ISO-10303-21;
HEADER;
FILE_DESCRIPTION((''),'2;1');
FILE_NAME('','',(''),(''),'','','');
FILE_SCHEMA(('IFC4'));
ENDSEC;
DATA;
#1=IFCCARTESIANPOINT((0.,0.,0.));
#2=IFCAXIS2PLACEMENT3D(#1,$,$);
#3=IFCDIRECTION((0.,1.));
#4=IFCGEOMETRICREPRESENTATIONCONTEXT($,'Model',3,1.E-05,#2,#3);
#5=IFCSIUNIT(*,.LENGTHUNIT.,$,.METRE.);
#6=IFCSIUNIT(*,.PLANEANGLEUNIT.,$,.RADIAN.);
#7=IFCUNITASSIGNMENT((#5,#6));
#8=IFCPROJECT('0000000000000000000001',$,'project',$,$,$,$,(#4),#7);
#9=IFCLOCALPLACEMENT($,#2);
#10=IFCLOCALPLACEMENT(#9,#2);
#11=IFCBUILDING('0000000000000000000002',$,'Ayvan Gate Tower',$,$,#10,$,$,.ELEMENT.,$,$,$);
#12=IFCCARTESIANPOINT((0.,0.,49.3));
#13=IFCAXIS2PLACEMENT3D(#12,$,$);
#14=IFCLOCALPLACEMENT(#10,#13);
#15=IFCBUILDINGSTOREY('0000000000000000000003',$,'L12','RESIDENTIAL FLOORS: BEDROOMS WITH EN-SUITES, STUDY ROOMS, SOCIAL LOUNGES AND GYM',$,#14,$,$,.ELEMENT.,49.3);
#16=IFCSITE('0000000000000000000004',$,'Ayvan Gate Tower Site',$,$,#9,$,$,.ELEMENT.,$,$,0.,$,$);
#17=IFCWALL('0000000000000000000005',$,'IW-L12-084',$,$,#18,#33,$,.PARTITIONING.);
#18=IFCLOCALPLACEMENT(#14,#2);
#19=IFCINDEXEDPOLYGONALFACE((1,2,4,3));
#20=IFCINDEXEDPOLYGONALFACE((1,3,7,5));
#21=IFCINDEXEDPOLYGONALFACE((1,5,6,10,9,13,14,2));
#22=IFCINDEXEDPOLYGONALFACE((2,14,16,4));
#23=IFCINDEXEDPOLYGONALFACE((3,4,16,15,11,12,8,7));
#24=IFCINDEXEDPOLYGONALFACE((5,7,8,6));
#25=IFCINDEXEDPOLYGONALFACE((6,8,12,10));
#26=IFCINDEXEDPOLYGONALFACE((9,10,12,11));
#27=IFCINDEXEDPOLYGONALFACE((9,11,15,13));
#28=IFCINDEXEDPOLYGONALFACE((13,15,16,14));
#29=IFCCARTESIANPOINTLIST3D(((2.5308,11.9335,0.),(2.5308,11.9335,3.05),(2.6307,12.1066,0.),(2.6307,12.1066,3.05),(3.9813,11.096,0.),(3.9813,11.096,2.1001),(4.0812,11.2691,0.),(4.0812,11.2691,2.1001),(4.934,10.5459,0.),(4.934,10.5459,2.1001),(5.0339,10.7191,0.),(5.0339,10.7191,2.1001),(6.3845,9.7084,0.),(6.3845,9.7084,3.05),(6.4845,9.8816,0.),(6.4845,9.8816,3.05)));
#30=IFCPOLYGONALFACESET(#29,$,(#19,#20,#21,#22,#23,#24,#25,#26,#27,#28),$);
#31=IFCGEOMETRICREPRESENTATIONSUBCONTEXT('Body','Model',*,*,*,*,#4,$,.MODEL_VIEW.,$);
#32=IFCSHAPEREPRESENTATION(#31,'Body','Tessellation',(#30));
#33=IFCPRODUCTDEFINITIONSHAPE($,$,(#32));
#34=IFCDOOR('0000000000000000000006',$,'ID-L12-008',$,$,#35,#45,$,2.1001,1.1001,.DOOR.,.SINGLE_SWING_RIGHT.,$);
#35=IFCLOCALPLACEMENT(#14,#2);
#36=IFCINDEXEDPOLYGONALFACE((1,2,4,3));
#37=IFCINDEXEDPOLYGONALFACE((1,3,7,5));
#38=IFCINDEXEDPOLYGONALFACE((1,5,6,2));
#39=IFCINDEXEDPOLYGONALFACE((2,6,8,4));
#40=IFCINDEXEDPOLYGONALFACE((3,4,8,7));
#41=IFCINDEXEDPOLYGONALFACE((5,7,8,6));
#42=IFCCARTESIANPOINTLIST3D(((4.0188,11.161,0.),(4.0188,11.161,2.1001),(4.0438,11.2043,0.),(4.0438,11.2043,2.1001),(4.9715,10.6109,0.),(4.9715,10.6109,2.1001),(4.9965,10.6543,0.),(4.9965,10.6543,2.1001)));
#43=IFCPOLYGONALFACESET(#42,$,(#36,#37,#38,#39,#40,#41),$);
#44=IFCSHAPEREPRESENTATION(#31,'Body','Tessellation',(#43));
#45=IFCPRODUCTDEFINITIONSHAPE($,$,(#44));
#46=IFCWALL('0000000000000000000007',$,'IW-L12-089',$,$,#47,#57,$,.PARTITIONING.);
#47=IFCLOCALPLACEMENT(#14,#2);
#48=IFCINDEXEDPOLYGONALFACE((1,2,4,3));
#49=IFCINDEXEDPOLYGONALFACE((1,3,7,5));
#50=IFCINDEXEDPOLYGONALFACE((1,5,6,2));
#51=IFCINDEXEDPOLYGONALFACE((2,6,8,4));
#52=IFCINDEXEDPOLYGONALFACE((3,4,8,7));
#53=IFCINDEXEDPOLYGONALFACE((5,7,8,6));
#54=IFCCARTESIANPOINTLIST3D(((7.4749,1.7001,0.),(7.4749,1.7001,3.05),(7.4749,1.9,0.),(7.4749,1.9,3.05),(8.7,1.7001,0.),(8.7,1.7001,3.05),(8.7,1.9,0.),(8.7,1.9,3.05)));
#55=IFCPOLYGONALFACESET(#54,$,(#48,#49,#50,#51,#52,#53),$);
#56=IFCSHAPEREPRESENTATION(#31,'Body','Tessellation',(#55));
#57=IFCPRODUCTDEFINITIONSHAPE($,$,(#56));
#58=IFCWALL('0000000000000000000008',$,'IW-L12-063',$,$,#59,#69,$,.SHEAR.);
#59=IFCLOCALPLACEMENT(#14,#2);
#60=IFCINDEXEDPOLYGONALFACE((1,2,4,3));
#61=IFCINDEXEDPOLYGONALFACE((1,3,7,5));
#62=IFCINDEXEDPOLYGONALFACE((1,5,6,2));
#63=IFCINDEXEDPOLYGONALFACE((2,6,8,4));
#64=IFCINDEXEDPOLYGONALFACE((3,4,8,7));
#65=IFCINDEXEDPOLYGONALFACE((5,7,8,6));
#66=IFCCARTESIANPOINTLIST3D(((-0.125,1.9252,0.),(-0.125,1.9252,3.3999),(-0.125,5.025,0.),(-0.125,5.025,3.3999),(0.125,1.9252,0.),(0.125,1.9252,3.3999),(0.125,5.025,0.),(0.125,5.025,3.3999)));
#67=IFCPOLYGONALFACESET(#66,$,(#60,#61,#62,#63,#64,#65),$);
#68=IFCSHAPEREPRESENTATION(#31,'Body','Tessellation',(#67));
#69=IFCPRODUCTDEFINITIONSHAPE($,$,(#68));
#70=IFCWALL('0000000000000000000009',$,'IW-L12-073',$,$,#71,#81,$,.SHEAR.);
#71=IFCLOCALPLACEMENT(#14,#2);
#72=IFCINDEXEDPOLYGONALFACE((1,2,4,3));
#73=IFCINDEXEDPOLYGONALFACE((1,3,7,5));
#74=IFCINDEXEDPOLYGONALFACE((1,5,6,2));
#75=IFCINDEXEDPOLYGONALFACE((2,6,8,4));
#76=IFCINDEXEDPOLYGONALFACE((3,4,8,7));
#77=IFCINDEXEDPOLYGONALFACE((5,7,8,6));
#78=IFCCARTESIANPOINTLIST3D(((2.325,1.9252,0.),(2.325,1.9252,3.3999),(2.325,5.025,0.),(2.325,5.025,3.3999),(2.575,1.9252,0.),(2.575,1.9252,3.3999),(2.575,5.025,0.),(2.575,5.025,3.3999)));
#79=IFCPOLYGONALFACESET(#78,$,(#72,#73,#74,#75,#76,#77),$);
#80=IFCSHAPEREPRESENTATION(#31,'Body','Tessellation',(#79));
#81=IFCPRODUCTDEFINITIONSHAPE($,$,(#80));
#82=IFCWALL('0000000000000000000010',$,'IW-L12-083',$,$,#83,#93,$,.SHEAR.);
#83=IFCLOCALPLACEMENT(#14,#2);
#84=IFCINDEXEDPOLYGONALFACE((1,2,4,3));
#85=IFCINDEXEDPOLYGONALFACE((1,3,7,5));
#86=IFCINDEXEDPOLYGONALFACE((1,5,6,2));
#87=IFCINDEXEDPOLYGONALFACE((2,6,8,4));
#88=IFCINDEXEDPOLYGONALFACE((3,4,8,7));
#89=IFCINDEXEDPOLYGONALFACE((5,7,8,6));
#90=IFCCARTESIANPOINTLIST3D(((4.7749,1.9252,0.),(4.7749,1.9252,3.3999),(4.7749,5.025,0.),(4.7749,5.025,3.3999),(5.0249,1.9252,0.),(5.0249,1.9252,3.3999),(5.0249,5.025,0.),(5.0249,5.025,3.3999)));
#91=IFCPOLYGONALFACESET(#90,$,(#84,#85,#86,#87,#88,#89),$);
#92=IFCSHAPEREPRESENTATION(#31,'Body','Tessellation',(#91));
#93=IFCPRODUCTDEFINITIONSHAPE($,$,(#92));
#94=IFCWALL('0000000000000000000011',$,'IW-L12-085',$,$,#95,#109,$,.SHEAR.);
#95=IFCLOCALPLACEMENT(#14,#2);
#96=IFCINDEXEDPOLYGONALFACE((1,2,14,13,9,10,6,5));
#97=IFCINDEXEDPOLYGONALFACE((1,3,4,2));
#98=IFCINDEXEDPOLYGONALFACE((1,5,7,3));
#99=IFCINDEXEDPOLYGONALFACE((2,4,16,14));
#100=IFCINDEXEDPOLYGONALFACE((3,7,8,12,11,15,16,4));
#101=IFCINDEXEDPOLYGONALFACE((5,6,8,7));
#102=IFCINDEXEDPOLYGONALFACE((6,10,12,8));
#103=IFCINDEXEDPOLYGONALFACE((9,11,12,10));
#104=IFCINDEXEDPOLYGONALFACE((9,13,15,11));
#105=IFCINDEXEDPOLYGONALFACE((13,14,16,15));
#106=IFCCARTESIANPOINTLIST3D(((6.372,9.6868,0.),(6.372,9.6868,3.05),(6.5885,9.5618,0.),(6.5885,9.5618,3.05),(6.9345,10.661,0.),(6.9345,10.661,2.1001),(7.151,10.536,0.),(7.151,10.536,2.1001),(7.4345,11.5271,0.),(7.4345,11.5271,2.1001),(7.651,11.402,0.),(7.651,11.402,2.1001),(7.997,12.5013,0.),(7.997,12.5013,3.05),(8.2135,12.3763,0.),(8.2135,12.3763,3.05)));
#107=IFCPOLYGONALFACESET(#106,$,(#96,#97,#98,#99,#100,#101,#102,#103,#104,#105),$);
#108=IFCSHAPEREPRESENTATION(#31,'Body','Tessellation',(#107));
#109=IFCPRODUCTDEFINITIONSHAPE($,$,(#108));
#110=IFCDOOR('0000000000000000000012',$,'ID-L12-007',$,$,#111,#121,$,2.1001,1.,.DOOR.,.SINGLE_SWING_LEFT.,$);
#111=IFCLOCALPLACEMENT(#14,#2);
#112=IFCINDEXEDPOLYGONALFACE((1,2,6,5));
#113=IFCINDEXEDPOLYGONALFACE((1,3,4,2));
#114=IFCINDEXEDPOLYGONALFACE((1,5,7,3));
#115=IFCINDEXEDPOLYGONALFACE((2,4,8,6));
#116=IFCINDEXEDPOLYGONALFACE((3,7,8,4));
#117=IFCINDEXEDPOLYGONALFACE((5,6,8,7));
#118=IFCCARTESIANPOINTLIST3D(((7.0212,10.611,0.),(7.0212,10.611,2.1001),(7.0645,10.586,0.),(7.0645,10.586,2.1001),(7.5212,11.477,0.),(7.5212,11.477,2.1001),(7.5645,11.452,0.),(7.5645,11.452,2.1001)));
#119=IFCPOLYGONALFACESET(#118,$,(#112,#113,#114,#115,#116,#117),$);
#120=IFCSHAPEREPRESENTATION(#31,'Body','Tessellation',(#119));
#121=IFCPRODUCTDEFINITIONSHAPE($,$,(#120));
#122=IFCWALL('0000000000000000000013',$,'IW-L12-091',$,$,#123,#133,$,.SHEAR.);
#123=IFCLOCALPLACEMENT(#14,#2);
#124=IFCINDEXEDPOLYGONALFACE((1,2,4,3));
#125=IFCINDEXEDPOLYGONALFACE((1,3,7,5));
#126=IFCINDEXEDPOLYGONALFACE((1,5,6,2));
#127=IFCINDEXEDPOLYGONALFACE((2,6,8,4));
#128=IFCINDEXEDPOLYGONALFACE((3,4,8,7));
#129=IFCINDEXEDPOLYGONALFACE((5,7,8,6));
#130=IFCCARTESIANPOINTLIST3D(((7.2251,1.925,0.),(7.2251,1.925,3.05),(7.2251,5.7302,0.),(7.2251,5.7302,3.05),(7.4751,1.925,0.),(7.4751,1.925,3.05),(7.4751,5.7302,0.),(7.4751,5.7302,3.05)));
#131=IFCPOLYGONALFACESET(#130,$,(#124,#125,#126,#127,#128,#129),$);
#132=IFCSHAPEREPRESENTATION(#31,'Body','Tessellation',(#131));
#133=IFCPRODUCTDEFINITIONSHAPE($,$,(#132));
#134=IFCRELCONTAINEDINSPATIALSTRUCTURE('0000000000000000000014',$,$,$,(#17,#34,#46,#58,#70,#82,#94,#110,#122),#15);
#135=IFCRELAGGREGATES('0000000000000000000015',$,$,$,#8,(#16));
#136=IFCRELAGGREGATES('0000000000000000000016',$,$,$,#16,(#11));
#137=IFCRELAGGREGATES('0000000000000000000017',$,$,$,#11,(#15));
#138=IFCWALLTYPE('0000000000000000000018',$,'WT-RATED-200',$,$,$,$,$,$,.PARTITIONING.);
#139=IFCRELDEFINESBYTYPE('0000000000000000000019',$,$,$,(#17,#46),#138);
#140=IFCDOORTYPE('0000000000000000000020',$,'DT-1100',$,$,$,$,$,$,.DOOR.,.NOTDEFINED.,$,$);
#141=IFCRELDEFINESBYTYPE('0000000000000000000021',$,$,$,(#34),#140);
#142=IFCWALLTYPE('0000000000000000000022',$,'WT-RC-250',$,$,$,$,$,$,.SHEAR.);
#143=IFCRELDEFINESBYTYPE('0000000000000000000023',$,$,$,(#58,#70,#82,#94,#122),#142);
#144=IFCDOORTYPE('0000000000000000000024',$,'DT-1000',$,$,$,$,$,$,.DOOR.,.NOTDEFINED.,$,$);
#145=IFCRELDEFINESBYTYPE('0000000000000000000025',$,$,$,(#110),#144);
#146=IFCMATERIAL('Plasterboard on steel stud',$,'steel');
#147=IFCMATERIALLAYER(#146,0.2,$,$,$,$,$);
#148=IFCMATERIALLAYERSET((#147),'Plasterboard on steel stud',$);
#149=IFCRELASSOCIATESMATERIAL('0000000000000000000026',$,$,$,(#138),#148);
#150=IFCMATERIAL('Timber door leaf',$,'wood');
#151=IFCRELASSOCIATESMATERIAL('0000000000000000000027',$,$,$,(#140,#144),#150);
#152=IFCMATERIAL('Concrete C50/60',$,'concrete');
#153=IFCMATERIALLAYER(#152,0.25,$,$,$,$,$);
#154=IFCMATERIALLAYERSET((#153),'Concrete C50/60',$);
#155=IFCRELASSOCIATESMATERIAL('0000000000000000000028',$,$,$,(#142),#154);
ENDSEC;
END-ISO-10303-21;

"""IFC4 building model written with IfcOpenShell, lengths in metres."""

from ifc_helpers import new_model, si_unit, direction, frame, frame_2d, origin, place, context, subcontext, project, spatial, rectangle, extrude, material, layer, layer_set, type_object, element, fill, save


model = new_model("IFC4")

# Units and contexts
model_context = context("Model", 3, precision=1e-05, world=origin(), true_north=direction((0.0, 1.0)))
body_context = subcontext(model_context, "Body", "Model", "MODEL_VIEW")
ifc_project = project(units=[si_unit("LENGTHUNIT", "METRE"), si_unit("PLANEANGLEUNIT", "RADIAN")], contexts=[model_context])

# Site, building, storey
site_placement = place(None, origin())
site = spatial("IfcSite", under=ifc_project, at=site_placement, Name="Ayvan Gate Tower Site", CompositionType="ELEMENT", RefElevation=0.0)
building_placement = place(site_placement, origin())
building = spatial("IfcBuilding", under=site, at=building_placement, Name="Ayvan Gate Tower", CompositionType="ELEMENT")
storey_placement = place(building_placement, frame((0.0, 0.0, 49.3)))
storey = spatial("IfcBuildingStorey", under=building, at=storey_placement, Name="L12", Description="RESIDENTIAL FLOORS: BEDROOMS WITH EN-SUITES, STUDY ROOMS, SOCIAL LOUNGES AND GYM", CompositionType="ELEMENT", Elevation=49.3)

# Shared definitions
ifc_material_1 = material(Name="Timber door leaf", Category="wood")

# Shared definitions
ifc_material_2 = material(Name="Plasterboard on steel stud", Category="steel")
ifc_layer_1 = layer(ifc_material_2, 0.2)
ifc_layer_set_1 = layer_set([ifc_layer_1], Name="Plasterboard on steel stud")
wall_type_1 = type_object("IfcWallType", Name="WT-RATED-200", PredefinedType="PARTITIONING", material=ifc_layer_set_1)

# Wall, opening, door
wall_1_placement = place(storey_placement, frame((6.4346, 9.7949, 0.0), z_axis=(0.0, 0.0, 1.0), x_axis=(-0.866013, 0.500022, 0.0)))
wall_1 = element("IfcWall", 1, at=wall_1_placement, inside=storey, type_object=wall_type_1, Name="IW-L12-084", PredefinedType="PARTITIONING", context=body_context, shape_type="SweptSolid", body=[
    extrude(rectangle(XDim=4.45, YDim=0.2, at=frame_2d((2.2251, 0.0))), origin(), (0.0, 0.0, 1.0), 3.05),
])
opening_1_placement = place(wall_1_placement, frame((1.675, 0.0, 0.0)))
opening_1 = element("IfcOpeningElement", 2, at=opening_1_placement, cuts=wall_1, PredefinedType="OPENING", context=body_context, shape_type="SweptSolid", body=[
    extrude(rectangle(XDim=1.1001, YDim=2.1001, at=frame_2d((0.55, 1.05))), frame((0.0, 0.1099, 0.0), z_axis=(0.0, -1.0, 0.0), x_axis=(1.0, 0.0, 0.0)), (0.0, 0.0, 1.0), 0.22),
])
door_type_1 = type_object("IfcDoorType", Name="DT-1100", OperationType="NOTDEFINED", PredefinedType="DOOR", material=ifc_material_1)
door_1_placement = place(opening_1_placement, origin())
door_1 = element("IfcDoor", 3, at=door_1_placement, inside=storey, type_object=door_type_1, Name="ID-L12-008", OperationType="SINGLE_SWING_RIGHT", OverallHeight=2.1001, OverallWidth=1.1001, PredefinedType="DOOR", context=body_context, shape_type="SweptSolid", body=[
    extrude(rectangle(XDim=1.1001, YDim=2.1001, at=frame_2d((0.55, 1.05))), frame((0.0, 0.0249, 0.0), z_axis=(0.0, -1.0, 0.0), x_axis=(1.0, 0.0, 0.0)), (0.0, 0.0, 1.0), 0.05),
])
fill(opening_1, door_1)

# Walls
wall_2_placement = place(storey_placement, frame((7.4749, 1.8, 0.0), z_axis=(0.0, 0.0, 1.0), x_axis=(1.0, 0.0, 0.0)))
element("IfcWall", 4, at=wall_2_placement, inside=storey, type_object=wall_type_1, Name="IW-L12-089", PredefinedType="PARTITIONING", context=body_context, shape_type="SweptSolid", body=[
    extrude(rectangle(XDim=1.2251, YDim=0.2, at=frame_2d((0.6125, 0.0))), origin(), (0.0, 0.0, 1.0), 3.05),
])
ifc_material_3 = material(Name="Concrete C50/60", Category="concrete")
ifc_layer_2 = layer(ifc_material_3, 0.25)
ifc_layer_set_2 = layer_set([ifc_layer_2], Name="Concrete C50/60")
wall_type_2 = type_object("IfcWallType", Name="WT-RC-250", PredefinedType="SHEAR", material=ifc_layer_set_2)
for number, where, z_axis, x_axis, name in (
    (5, (0.0, 5.0249, 0.0), (0.0, 0.0, 1.0), (0.0, -1.0, 0.0), "IW-L12-063"),
    (6, (2.45, 5.0249, 0.0), (0.0, 0.0, 1.0), (0.0, -1.0, 0.0), "IW-L12-073"),
    (7, (4.8999, 5.0249, 0.0), (0.0, 0.0, 1.0), (0.0, -1.0, 0.0), "IW-L12-083"),
):
    element("IfcWall", number, at=place(storey_placement, frame(where, z_axis=z_axis, x_axis=x_axis)), inside=storey, type_object=wall_type_2, Name=name, PredefinedType="SHEAR", context=body_context, shape_type="SweptSolid", body=[
        extrude(rectangle(XDim=3.0999, YDim=0.25, at=frame_2d((1.5498, 0.0))), origin(), (0.0, 0.0, 1.0), 3.3999),
    ])

# Wall, opening, door
wall_3_placement = place(storey_placement, frame((6.4802, 9.6243, 0.0), z_axis=(0.0, 0.0, 1.0), x_axis=(0.500017, 0.866015, 0.0)))
wall_3 = element("IfcWall", 8, at=wall_3_placement, inside=storey, type_object=wall_type_2, Name="IW-L12-085", PredefinedType="SHEAR", context=body_context, shape_type="SweptSolid", body=[
    extrude(rectangle(XDim=3.25, YDim=0.25, at=frame_2d((1.625, 0.0))), origin(), (0.0, 0.0, 1.0), 3.05),
])
opening_2_placement = place(wall_3_placement, frame((1.125, 0.0, 0.0)))
opening_2 = element("IfcOpeningElement", 9, at=opening_2_placement, cuts=wall_3, PredefinedType="OPENING", context=body_context, shape_type="SweptSolid", body=[
    extrude(rectangle(XDim=1.0, YDim=2.1001, at=frame_2d((0.5, 1.05))), frame((0.0, 0.135, 0.0), z_axis=(0.0, -1.0, 0.0), x_axis=(1.0, 0.0, 0.0)), (0.0, 0.0, 1.0), 0.27),
])
door_type_2 = type_object("IfcDoorType", Name="DT-1000", OperationType="NOTDEFINED", PredefinedType="DOOR", material=ifc_material_1)
door_2_placement = place(opening_2_placement, origin())
door_2 = element("IfcDoor", 10, at=door_2_placement, inside=storey, type_object=door_type_2, Name="ID-L12-007", OperationType="SINGLE_SWING_LEFT", OverallHeight=2.1001, OverallWidth=1.0, PredefinedType="DOOR", context=body_context, shape_type="SweptSolid", body=[
    extrude(rectangle(XDim=1.0, YDim=2.1001, at=frame_2d((0.5, 1.05))), frame((0.0, 0.0249, 0.0), z_axis=(0.0, -1.0, 0.0), x_axis=(1.0, 0.0, 0.0)), (0.0, 0.0, 1.0), 0.05),
])
fill(opening_2, door_2)

# Wall
wall_4_placement = place(storey_placement, frame((7.3501, 5.7302, 0.0), z_axis=(0.0, 0.0, 1.0), x_axis=(0.0, -1.0, 0.0)))
element("IfcWall", 11, at=wall_4_placement, inside=storey, type_object=wall_type_2, Name="IW-L12-091", PredefinedType="SHEAR", context=body_context, shape_type="SweptSolid", body=[
    extrude(rectangle(XDim=3.8052, YDim=0.25, at=frame_2d((1.9026, 0.0))), origin(), (0.0, 0.0, 1.0), 3.05),
])

save(model, "model.ifc")
